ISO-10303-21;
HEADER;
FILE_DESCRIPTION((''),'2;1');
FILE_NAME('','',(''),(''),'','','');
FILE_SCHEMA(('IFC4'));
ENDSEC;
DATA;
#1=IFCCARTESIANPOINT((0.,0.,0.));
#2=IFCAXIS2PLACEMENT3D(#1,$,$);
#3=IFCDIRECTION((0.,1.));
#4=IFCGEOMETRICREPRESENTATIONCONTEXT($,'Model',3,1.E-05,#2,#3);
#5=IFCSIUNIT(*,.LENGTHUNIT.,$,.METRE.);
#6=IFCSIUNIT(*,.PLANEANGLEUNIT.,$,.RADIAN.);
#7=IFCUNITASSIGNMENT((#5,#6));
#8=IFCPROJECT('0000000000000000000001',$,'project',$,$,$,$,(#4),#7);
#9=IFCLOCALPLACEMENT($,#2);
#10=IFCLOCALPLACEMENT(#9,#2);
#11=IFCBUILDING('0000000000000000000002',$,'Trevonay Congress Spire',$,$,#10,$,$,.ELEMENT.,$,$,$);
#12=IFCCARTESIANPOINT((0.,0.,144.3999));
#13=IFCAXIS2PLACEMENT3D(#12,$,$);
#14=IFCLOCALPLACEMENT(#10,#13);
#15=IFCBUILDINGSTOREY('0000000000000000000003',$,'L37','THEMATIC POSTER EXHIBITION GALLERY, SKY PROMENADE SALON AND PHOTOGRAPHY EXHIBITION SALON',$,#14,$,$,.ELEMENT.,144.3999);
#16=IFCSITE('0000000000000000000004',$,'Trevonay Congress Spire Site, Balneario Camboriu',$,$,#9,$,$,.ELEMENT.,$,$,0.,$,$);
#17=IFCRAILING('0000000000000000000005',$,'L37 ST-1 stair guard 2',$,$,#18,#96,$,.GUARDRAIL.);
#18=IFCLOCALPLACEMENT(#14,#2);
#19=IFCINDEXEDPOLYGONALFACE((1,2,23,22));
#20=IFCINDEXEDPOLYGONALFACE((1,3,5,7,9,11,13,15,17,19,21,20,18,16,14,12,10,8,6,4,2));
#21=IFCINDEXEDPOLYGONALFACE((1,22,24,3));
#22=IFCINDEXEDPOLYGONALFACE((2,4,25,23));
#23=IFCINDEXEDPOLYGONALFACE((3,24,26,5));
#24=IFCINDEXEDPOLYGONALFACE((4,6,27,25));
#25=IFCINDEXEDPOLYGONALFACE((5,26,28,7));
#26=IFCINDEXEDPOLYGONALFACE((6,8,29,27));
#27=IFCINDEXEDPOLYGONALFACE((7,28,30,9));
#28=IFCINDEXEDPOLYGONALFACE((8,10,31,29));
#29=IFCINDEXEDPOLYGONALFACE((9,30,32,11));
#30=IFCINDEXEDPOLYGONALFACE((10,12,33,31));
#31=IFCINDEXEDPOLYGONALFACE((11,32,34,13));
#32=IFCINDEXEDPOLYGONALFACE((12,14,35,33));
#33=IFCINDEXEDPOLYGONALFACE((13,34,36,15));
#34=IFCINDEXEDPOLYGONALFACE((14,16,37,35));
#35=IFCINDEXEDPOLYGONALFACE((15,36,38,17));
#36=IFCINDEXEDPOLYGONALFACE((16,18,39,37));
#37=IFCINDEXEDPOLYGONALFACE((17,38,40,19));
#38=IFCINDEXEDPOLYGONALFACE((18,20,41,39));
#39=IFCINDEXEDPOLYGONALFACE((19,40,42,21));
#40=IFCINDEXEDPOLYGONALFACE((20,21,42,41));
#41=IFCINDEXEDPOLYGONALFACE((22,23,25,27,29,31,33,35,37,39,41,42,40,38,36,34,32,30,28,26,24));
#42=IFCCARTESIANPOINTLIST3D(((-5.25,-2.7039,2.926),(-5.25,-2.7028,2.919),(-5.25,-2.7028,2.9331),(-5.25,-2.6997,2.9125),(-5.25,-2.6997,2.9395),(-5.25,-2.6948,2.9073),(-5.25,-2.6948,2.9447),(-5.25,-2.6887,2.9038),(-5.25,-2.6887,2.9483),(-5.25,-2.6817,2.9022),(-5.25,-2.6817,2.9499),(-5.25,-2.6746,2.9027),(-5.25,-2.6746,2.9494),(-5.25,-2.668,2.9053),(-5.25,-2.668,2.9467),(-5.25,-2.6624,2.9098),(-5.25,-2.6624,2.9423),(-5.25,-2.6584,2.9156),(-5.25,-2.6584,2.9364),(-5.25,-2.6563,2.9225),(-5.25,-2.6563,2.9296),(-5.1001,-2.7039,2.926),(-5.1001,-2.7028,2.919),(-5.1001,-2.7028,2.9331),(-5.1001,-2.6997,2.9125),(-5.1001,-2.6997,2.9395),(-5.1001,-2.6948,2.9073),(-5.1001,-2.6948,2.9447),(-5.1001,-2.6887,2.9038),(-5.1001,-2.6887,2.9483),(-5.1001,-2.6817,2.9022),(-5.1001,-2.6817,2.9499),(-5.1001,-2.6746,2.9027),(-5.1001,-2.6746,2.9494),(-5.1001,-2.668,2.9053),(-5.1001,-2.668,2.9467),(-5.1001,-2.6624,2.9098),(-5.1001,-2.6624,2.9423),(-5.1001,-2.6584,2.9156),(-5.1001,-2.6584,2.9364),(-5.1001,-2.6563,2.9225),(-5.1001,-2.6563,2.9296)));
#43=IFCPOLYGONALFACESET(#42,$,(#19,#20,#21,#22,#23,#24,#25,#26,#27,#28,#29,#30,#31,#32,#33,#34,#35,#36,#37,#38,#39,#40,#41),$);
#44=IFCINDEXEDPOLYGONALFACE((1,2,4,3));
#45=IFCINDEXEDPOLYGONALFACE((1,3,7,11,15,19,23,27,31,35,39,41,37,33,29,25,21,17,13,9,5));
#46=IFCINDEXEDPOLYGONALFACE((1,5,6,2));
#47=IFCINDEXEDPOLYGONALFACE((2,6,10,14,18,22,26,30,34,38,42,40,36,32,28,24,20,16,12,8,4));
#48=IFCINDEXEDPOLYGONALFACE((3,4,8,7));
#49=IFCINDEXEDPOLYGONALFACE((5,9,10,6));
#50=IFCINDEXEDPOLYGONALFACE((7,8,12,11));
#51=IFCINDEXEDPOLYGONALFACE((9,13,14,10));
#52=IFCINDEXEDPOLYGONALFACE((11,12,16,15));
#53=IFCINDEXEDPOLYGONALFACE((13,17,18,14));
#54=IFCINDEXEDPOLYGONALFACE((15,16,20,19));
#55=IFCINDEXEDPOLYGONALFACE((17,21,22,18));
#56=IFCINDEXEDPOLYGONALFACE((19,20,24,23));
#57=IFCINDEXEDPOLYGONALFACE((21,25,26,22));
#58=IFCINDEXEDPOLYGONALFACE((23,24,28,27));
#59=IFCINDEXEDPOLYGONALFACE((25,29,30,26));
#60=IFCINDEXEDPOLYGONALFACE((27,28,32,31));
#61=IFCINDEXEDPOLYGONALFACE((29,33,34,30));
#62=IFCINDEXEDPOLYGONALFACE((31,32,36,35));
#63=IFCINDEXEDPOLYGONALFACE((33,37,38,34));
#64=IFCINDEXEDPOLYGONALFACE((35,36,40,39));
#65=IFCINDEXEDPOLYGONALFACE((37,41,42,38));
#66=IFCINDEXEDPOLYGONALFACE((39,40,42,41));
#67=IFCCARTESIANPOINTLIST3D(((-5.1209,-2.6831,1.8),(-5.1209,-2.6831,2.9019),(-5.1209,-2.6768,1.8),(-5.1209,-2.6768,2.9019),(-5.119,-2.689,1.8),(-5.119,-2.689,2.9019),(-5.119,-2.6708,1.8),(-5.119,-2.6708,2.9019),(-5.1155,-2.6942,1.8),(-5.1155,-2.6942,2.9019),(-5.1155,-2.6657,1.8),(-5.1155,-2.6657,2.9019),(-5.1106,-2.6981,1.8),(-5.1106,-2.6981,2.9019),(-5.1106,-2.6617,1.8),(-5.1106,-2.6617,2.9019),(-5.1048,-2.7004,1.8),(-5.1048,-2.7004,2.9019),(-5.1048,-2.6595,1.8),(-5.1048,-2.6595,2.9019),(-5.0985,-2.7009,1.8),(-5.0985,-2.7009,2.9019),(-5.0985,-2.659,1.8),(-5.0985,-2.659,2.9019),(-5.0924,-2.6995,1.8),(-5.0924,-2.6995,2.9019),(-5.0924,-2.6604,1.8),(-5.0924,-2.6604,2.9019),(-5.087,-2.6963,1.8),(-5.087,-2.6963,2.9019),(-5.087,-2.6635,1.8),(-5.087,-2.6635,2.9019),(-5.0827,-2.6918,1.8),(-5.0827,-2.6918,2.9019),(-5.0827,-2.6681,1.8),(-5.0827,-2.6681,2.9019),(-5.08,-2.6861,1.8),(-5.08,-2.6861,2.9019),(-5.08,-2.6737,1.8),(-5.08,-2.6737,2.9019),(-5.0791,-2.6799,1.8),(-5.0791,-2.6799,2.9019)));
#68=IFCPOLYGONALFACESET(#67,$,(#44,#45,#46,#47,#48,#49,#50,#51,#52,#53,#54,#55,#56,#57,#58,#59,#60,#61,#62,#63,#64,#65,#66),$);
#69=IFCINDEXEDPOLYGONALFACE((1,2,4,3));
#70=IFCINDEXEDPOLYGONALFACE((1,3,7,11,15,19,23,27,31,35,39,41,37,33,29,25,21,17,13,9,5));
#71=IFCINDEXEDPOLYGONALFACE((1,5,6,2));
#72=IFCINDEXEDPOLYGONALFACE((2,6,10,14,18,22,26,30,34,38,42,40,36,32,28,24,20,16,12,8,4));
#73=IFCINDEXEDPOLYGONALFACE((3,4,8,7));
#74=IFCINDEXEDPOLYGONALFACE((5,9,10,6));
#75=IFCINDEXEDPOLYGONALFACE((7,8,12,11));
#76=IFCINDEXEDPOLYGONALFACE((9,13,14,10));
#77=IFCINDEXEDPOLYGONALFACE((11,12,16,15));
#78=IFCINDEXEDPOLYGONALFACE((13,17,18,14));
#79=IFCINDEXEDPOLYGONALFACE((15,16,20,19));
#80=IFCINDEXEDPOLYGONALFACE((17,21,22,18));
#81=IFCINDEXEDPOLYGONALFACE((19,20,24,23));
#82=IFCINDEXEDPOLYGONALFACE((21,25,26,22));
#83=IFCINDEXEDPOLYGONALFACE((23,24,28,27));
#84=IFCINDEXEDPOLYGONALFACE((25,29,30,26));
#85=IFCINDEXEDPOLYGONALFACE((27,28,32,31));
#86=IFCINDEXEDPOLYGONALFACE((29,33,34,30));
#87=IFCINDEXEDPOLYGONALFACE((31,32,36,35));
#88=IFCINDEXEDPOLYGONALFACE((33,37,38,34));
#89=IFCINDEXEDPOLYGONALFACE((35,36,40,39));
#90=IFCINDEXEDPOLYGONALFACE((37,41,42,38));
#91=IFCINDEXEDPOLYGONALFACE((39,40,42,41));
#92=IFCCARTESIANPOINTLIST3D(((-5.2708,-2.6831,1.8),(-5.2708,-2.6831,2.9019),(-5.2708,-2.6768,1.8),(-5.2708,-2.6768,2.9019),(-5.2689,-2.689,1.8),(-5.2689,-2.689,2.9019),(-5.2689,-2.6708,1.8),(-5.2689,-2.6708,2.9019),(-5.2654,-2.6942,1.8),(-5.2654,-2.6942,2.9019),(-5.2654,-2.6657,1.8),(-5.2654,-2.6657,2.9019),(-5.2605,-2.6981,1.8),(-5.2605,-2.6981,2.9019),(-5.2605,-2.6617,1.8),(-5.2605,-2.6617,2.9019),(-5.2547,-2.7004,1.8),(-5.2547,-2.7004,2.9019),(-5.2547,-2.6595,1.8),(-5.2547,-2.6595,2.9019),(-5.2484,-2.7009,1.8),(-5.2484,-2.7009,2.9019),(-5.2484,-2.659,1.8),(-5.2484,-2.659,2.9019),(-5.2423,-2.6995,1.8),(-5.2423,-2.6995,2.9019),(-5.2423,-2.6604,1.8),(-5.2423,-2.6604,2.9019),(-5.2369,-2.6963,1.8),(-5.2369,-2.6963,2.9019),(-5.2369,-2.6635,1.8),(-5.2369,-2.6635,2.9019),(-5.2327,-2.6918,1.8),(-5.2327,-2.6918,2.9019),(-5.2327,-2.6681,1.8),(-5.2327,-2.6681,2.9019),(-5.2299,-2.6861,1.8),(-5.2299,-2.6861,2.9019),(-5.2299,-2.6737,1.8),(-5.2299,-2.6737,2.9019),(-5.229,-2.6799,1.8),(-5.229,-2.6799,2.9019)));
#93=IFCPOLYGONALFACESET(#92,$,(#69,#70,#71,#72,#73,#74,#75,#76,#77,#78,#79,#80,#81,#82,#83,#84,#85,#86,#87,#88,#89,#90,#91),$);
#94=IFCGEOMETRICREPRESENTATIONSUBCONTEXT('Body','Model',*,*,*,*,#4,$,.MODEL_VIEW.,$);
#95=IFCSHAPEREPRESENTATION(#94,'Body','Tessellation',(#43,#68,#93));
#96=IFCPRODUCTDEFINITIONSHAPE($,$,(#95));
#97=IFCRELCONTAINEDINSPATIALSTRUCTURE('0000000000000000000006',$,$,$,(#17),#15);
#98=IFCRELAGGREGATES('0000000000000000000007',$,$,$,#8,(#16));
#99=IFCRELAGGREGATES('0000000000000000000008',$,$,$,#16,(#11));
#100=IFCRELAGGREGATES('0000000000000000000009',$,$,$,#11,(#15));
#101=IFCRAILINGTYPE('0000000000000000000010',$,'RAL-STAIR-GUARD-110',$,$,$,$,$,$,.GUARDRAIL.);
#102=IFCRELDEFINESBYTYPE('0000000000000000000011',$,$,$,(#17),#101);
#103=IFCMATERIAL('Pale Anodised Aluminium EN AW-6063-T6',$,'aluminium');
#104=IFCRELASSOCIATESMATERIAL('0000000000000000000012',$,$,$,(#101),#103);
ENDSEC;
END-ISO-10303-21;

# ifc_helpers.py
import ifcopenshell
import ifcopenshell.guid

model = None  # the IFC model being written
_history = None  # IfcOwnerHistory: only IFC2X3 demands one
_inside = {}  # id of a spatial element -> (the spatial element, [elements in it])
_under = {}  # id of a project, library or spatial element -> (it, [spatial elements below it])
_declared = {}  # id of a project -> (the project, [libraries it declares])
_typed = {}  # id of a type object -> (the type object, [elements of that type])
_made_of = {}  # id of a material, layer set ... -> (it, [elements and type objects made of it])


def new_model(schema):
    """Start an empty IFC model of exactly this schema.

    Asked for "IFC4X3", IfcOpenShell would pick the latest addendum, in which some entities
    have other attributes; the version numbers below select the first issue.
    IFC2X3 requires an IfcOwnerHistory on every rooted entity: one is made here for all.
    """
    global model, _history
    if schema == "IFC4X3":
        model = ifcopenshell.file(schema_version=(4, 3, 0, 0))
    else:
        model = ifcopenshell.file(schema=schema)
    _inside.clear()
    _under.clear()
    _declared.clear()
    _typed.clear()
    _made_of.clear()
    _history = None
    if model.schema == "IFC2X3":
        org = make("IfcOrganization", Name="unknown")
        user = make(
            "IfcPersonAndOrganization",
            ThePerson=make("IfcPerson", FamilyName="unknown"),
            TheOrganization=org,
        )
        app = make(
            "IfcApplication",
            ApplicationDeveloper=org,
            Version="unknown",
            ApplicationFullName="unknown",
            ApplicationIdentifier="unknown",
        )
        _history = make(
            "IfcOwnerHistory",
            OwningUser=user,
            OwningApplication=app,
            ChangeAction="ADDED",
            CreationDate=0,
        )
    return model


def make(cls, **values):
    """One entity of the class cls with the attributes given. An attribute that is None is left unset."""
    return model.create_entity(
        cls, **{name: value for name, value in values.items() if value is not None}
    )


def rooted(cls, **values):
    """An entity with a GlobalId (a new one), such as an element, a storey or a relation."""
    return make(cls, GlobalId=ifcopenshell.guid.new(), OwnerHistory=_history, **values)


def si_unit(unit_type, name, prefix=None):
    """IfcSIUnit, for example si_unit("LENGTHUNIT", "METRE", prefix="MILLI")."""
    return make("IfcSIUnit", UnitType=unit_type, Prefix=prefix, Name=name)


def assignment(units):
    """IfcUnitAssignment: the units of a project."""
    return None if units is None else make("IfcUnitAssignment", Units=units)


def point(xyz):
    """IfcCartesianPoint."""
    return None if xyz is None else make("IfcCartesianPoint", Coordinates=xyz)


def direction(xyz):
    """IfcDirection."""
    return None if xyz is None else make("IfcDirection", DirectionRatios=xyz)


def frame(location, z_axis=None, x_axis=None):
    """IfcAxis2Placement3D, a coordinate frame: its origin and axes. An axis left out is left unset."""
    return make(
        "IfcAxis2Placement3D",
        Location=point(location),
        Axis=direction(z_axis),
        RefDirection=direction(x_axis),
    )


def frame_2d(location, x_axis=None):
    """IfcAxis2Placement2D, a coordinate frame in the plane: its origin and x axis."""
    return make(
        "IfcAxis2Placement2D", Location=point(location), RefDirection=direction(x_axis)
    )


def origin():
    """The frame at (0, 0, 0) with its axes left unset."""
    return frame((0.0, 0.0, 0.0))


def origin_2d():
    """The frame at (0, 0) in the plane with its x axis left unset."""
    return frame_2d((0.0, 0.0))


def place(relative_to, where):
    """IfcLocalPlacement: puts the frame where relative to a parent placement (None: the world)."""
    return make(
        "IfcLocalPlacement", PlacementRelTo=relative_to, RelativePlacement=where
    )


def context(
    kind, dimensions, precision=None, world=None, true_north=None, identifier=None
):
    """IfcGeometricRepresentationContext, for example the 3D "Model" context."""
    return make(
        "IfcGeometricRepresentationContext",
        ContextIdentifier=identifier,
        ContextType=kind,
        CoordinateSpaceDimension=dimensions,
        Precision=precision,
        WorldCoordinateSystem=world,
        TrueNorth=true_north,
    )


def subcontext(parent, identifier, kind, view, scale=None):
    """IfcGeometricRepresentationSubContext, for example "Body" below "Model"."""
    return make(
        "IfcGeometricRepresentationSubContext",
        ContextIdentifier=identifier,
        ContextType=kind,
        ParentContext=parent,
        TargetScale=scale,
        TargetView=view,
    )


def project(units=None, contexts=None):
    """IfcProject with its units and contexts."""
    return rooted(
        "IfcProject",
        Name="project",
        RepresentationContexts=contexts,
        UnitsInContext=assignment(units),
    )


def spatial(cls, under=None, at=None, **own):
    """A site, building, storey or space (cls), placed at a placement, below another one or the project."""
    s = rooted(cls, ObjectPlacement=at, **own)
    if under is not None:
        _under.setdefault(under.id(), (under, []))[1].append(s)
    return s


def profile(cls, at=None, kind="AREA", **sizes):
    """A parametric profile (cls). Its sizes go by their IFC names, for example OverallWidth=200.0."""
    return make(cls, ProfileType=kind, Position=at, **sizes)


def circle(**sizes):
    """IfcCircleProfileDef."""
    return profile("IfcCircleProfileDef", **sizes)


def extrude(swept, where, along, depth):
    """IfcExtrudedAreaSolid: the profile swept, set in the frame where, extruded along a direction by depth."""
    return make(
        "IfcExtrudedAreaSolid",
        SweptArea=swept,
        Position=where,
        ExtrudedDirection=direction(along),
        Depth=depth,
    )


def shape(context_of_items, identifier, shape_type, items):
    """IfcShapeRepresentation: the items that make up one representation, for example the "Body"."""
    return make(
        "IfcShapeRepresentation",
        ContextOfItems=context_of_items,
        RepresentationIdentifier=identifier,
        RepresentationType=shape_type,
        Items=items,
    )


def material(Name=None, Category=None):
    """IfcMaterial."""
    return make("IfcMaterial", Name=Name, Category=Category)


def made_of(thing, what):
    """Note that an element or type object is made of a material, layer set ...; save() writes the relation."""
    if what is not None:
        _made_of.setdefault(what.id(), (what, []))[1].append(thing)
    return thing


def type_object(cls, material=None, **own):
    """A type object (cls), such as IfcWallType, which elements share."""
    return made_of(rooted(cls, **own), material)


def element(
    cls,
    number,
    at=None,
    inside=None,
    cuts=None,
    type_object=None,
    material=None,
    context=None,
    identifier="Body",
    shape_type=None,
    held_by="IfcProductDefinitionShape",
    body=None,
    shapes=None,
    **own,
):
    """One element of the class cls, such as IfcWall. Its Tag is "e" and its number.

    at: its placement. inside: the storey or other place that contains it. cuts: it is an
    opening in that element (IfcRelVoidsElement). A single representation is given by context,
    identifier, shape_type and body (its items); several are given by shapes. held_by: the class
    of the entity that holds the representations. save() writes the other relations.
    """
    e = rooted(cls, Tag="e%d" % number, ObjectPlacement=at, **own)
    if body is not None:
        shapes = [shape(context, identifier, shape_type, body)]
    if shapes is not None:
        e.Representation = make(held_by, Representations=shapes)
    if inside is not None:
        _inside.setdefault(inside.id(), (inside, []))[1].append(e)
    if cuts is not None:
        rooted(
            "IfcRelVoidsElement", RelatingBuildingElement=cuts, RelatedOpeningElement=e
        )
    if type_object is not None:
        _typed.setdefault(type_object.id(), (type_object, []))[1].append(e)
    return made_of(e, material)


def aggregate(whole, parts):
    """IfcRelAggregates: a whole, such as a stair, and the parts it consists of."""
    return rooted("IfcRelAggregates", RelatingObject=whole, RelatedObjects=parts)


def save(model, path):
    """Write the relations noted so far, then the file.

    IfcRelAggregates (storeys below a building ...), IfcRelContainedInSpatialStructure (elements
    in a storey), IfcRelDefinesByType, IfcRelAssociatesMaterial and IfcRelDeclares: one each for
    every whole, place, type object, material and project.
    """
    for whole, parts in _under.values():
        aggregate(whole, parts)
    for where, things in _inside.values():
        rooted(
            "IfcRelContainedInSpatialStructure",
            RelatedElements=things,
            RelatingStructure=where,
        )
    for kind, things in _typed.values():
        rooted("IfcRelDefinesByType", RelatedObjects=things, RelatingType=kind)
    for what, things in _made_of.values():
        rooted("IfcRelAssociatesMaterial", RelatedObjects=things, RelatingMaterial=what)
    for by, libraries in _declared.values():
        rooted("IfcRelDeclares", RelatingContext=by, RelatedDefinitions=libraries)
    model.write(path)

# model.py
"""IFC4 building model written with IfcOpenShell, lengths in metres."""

from ifc_helpers import new_model, si_unit, direction, frame, origin, origin_2d, place, context, subcontext, project, spatial, circle, extrude, material, type_object, element, save


model = new_model("IFC4")

# Units and contexts
model_context = context("Model", 3, precision=1e-05, world=origin(), true_north=direction((0.0, 1.0)))
body_context = subcontext(model_context, "Body", "Model", "MODEL_VIEW")
ifc_project = project(units=[si_unit("LENGTHUNIT", "METRE"), si_unit("PLANEANGLEUNIT", "RADIAN")], contexts=[model_context])

# Site, building, storey
site_placement = place(None, origin())
site = spatial("IfcSite", under=ifc_project, at=site_placement, Name="Trevonay Congress Spire Site, Balneario Camboriu", CompositionType="ELEMENT", RefElevation=0.0)
building_placement = place(site_placement, origin())
building = spatial("IfcBuilding", under=site, at=building_placement, Name="Trevonay Congress Spire", CompositionType="ELEMENT")
storey_placement = place(building_placement, frame((0.0, 0.0, 144.3999)))
storey = spatial("IfcBuildingStorey", under=building, at=storey_placement, Name="L37", Description="THEMATIC POSTER EXHIBITION GALLERY, SKY PROMENADE SALON AND PHOTOGRAPHY EXHIBITION SALON", CompositionType="ELEMENT", Elevation=144.3999)

# Railing
ifc_material_1 = material(Name="Pale Anodised Aluminium EN AW-6063-T6", Category="aluminium")
railing_type_1 = type_object("IfcRailingType", Name="RAL-STAIR-GUARD-110", PredefinedType="GUARDRAIL", material=ifc_material_1)
railing_1_placement = place(storey_placement, frame((-5.1001, -2.6799, 1.8)))
element("IfcRailing", 1, at=railing_1_placement, inside=storey, type_object=railing_type_1, Name="L37 ST-1 stair guard 2", PredefinedType="GUARDRAIL", context=body_context, shape_type="SweptSolid", body=[
    extrude(circle(Radius=0.0239, at=origin_2d()), frame((0.0, 0.0, 1.126), z_axis=(-1.0, 0.0, 0.0), x_axis=(0.0, -1.0, 0.0)), (0.0, 0.0, 1.0), 0.1499),
    extrude(circle(Radius=0.021, at=origin_2d()), origin(), (0.0, 0.0, 1.0), 1.1018),
    extrude(circle(Radius=0.021, at=origin_2d()), frame((-0.1499, 0.0, 0.0)), (0.0, 0.0, 1.0), 1.1018),
])

save(model, "model.ifc")
